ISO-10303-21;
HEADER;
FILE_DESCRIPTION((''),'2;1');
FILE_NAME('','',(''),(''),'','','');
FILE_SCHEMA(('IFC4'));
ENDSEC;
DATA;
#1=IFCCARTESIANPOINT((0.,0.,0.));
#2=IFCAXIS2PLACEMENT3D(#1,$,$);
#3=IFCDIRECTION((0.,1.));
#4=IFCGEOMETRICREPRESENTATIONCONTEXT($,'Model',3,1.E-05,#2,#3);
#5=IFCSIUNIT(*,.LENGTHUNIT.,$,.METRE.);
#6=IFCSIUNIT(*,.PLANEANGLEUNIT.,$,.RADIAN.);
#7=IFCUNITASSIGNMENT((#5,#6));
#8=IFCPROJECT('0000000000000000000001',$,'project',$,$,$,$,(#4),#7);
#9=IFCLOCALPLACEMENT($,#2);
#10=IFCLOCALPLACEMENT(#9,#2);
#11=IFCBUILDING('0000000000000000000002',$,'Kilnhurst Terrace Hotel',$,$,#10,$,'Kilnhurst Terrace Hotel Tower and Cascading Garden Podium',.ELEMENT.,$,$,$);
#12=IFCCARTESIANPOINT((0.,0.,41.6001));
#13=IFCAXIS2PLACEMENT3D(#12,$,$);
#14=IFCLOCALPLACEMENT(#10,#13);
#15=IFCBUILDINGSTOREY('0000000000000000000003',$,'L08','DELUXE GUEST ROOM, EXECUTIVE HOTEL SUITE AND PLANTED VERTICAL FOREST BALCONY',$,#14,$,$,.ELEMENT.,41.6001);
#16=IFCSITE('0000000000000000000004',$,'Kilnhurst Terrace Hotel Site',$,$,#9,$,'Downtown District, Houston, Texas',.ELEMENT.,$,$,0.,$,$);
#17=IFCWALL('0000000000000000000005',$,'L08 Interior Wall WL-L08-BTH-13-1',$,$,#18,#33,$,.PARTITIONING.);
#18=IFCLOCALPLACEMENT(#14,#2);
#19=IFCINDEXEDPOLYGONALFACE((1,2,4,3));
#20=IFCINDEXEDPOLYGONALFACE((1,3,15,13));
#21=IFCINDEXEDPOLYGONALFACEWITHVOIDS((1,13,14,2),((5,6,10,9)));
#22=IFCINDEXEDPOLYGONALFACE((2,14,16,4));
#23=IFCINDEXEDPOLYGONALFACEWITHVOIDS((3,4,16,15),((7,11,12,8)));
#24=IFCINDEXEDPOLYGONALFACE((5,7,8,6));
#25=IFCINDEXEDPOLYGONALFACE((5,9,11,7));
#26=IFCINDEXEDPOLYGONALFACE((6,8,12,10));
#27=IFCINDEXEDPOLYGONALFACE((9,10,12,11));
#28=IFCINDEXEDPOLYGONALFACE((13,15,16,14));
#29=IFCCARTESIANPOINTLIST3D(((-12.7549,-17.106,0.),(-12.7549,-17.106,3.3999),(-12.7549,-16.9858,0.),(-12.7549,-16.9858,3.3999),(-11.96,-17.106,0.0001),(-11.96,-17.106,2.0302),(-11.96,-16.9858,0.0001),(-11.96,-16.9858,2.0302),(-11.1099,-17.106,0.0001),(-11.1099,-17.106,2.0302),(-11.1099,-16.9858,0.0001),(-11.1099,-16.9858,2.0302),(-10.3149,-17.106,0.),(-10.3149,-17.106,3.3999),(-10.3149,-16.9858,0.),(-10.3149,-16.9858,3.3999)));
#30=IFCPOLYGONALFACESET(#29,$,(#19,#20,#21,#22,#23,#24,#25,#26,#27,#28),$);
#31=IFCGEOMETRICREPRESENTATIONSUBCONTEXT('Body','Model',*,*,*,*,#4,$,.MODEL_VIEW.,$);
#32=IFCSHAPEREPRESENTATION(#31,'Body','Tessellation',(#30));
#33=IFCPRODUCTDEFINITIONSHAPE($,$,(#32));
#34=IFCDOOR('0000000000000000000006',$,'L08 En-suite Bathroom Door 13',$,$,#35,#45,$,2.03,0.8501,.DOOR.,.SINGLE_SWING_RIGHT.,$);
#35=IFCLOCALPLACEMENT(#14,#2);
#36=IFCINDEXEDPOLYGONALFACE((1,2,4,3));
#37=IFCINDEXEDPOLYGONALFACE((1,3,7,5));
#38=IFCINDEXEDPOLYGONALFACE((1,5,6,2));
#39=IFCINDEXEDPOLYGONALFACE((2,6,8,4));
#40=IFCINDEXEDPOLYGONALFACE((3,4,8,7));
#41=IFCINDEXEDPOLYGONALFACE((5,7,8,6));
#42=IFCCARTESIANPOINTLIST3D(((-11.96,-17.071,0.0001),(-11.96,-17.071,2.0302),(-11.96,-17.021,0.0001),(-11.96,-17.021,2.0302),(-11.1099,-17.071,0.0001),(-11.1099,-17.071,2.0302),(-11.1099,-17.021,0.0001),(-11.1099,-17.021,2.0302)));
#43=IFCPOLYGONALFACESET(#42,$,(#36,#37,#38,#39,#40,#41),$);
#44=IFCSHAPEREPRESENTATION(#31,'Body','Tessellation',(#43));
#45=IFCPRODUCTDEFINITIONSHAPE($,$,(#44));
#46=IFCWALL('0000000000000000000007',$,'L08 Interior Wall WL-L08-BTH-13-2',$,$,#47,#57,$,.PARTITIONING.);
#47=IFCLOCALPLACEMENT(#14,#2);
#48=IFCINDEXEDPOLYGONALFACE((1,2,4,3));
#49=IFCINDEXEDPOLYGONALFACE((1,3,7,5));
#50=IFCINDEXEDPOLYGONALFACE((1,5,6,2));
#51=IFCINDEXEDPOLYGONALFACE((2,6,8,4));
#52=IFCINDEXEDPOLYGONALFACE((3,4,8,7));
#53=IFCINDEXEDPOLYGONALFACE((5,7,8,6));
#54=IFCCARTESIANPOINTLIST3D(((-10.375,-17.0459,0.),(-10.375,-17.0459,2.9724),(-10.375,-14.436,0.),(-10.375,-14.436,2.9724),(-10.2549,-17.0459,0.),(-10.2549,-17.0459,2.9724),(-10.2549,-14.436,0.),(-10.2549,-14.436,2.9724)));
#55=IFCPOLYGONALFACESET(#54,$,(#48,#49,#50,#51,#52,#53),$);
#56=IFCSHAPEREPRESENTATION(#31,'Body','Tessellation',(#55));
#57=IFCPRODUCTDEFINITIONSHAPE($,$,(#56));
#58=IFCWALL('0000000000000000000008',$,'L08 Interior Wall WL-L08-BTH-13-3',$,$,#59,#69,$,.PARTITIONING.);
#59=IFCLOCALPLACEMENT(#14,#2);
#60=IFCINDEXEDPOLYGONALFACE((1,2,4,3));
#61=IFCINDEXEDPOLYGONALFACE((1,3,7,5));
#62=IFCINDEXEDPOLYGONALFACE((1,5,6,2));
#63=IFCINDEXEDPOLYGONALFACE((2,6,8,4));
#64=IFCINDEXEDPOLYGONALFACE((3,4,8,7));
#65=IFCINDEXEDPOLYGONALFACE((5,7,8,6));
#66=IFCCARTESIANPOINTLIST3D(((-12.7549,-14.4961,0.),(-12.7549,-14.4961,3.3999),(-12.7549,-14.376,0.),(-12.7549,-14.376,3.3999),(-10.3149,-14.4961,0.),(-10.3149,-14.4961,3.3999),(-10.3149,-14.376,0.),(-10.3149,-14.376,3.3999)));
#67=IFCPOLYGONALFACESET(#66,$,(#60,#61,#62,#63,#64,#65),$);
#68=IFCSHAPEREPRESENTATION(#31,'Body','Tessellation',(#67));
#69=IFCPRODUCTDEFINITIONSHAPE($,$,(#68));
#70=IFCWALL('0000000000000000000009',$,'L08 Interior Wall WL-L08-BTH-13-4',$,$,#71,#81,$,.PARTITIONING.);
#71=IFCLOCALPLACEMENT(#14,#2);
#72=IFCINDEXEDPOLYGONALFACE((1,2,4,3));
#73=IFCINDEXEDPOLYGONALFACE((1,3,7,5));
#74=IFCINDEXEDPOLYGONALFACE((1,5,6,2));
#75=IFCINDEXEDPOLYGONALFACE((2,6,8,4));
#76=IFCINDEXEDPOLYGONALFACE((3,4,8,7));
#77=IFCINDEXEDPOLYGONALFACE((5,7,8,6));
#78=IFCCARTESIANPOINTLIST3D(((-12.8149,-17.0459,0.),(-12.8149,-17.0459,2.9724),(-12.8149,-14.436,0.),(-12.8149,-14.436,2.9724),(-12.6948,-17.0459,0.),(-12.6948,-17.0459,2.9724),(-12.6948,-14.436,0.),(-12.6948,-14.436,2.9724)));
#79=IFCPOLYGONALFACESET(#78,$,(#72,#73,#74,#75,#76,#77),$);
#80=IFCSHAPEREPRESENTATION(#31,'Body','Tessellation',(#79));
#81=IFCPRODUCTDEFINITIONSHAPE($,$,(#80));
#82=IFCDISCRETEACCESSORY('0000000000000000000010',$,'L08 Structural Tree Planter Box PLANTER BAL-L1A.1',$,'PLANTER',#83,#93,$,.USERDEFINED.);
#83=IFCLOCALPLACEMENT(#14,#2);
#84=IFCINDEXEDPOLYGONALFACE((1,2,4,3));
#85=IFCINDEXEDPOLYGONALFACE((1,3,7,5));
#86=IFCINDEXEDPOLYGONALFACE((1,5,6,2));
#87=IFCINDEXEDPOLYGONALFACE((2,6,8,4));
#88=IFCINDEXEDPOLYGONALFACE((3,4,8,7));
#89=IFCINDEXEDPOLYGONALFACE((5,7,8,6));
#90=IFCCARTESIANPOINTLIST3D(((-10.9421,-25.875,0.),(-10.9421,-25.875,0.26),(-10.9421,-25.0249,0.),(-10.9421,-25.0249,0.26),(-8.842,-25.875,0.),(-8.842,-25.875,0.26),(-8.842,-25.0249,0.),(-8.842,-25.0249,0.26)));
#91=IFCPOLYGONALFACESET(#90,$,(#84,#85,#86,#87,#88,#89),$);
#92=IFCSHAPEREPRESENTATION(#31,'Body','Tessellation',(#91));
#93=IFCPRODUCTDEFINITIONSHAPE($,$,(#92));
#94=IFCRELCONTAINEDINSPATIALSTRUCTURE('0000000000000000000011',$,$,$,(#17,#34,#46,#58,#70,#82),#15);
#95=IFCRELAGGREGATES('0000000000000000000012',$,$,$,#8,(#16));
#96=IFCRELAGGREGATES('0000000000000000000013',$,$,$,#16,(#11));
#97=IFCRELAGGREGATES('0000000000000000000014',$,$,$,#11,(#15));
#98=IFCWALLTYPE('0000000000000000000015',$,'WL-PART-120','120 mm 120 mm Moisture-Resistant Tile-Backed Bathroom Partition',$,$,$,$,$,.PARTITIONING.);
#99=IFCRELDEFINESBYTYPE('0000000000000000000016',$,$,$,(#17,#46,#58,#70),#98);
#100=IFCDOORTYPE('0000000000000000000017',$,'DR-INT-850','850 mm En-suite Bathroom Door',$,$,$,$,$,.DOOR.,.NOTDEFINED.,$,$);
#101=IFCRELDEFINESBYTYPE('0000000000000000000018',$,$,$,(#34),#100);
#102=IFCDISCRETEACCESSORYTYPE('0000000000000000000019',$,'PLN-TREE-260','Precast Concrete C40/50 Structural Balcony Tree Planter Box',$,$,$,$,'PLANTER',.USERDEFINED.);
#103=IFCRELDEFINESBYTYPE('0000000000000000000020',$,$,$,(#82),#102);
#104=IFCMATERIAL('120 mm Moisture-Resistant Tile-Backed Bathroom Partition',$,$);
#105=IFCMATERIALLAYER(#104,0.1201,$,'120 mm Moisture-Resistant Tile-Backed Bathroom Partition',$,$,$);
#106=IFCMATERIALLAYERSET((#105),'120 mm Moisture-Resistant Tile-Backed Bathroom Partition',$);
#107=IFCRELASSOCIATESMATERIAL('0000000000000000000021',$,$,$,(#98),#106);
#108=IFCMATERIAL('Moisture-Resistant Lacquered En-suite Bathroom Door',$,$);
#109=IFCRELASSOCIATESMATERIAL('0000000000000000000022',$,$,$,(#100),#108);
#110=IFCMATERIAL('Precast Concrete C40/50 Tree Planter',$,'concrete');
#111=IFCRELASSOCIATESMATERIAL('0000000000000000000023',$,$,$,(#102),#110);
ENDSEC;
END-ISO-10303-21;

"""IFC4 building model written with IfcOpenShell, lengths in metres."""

from ifc_helpers import new_model, si_unit, direction, frame, frame_2d, origin, origin_2d, place, context, subcontext, project, spatial, rectangle, extrude, material, layer, layer_set, type_object, element, fill, save


model = new_model("IFC4")

# Units and contexts
model_context = context("Model", 3, precision=1e-05, world=origin(), true_north=direction((0.0, 1.0)))
body_context = subcontext(model_context, "Body", "Model", "MODEL_VIEW")
ifc_project = project(units=[si_unit("LENGTHUNIT", "METRE"), si_unit("PLANEANGLEUNIT", "RADIAN")], contexts=[model_context])

# Site, building, storey
site_placement = place(None, origin())
site = spatial("IfcSite", under=ifc_project, at=site_placement, Name="Kilnhurst Terrace Hotel Site", LongName="Downtown District, Houston, Texas", CompositionType="ELEMENT", RefElevation=0.0)
building_placement = place(site_placement, origin())
building = spatial("IfcBuilding", under=site, at=building_placement, Name="Kilnhurst Terrace Hotel", LongName="Kilnhurst Terrace Hotel Tower and Cascading Garden Podium", CompositionType="ELEMENT")
storey_placement = place(building_placement, frame((0.0, 0.0, 41.6001)))
storey = spatial("IfcBuildingStorey", under=building, at=storey_placement, Name="L08", Description="DELUXE GUEST ROOM, EXECUTIVE HOTEL SUITE AND PLANTED VERTICAL FOREST BALCONY", CompositionType="ELEMENT", Elevation=41.6001)

# Shared definitions
ifc_material_1 = material(Name="120 mm Moisture-Resistant Tile-Backed Bathroom Partition")
ifc_layer_1 = layer(ifc_material_1, 0.1201, Name="120 mm Moisture-Resistant Tile-Backed Bathroom Partition")
ifc_layer_set_1 = layer_set([ifc_layer_1], Name="120 mm Moisture-Resistant Tile-Backed Bathroom Partition")
wall_type_1 = type_object("IfcWallType", Name="WL-PART-120", Description="120 mm 120 mm Moisture-Resistant Tile-Backed Bathroom Partition", PredefinedType="PARTITIONING", material=ifc_layer_set_1)
ifc_material_2 = material(Name="Moisture-Resistant Lacquered En-suite Bathroom Door")
door_type_1 = type_object("IfcDoorType", Name="DR-INT-850", Description="850 mm En-suite Bathroom Door", OperationType="NOTDEFINED", PredefinedType="DOOR", material=ifc_material_2)

# Wall, opening, door
wall_1_placement = place(storey_placement, frame((-12.7549, -17.0459, 0.0), z_axis=(0.0, 0.0, 1.0), x_axis=(1.0, 0.0, 0.0)))
wall_1 = element("IfcWall", 1, at=wall_1_placement, inside=storey, type_object=wall_type_1, Name="L08 Interior Wall WL-L08-BTH-13-1", PredefinedType="PARTITIONING", context=body_context, shape_type="SweptSolid", body=[
    extrude(rectangle(XDim=2.4399, YDim=0.1201, at=frame_2d((1.22, 0.0))), origin(), (0.0, 0.0, 1.0), 3.3999),
])
opening_1_placement = place(wall_1_placement, frame((0.7949, 0.0, 0.0)))
opening_1 = element("IfcOpeningElement", 2, at=opening_1_placement, cuts=wall_1, PredefinedType="OPENING", context=body_context, shape_type="SweptSolid", body=[
    extrude(rectangle(XDim=0.8501, YDim=2.03, at=frame_2d((0.425, 1.0151))), frame((0.0, 0.0701, 0.0), z_axis=(0.0, -1.0, 0.0), x_axis=(1.0, 0.0, 0.0)), (0.0, 0.0, 1.0), 0.1401),
])
door_1_placement = place(opening_1_placement, origin())
door_1 = element("IfcDoor", 3, at=door_1_placement, inside=storey, type_object=door_type_1, Name="L08 En-suite Bathroom Door 13", OperationType="SINGLE_SWING_RIGHT", OverallHeight=2.03, OverallWidth=0.8501, PredefinedType="DOOR", context=body_context, shape_type="SweptSolid", body=[
    extrude(rectangle(XDim=0.8501, YDim=2.03, at=frame_2d((0.425, 1.0151))), frame((0.0, 0.0249, 0.0), z_axis=(0.0, -1.0, 0.0), x_axis=(1.0, 0.0, 0.0)), (0.0, 0.0, 1.0), 0.05),
])
fill(opening_1, door_1)

# Walls
wall_2_placement = place(storey_placement, frame((-10.3149, -17.0459, 0.0), z_axis=(0.0, 0.0, 1.0), x_axis=(0.0, 1.0, 0.0)))
element("IfcWall", 4, at=wall_2_placement, inside=storey, type_object=wall_type_1, Name="L08 Interior Wall WL-L08-BTH-13-2", PredefinedType="PARTITIONING", context=body_context, shape_type="SweptSolid", body=[
    extrude(rectangle(XDim=2.6099, YDim=0.1201, at=frame_2d((1.3049, 0.0))), origin(), (0.0, 0.0, 1.0), 2.9724),
])
wall_3_placement = place(storey_placement, frame((-10.3149, -14.436, 0.0), z_axis=(0.0, 0.0, 1.0), x_axis=(-1.0, 0.0, 0.0)))
element("IfcWall", 5, at=wall_3_placement, inside=storey, type_object=wall_type_1, Name="L08 Interior Wall WL-L08-BTH-13-3", PredefinedType="PARTITIONING", context=body_context, shape_type="SweptSolid", body=[
    extrude(rectangle(XDim=2.4399, YDim=0.1201, at=frame_2d((1.22, 0.0))), origin(), (0.0, 0.0, 1.0), 3.3999),
])
wall_4_placement = place(storey_placement, frame((-12.7549, -14.436, 0.0), z_axis=(0.0, 0.0, 1.0), x_axis=(0.0, -1.0, 0.0)))
element("IfcWall", 6, at=wall_4_placement, inside=storey, type_object=wall_type_1, Name="L08 Interior Wall WL-L08-BTH-13-4", PredefinedType="PARTITIONING", context=body_context, shape_type="SweptSolid", body=[
    extrude(rectangle(XDim=2.6099, YDim=0.1201, at=frame_2d((1.3049, 0.0))), origin(), (0.0, 0.0, 1.0), 2.9724),
])

# Discrete accessory
ifc_material_3 = material(Name="Precast Concrete C40/50 Tree Planter", Category="concrete")
discrete_accessory_type = type_object("IfcDiscreteAccessoryType", Name="PLN-TREE-260", Description="Precast Concrete C40/50 Structural Balcony Tree Planter Box", ElementType="PLANTER", PredefinedType="USERDEFINED", material=ifc_material_3)
discrete_accessory_placement = place(storey_placement, frame((-9.8921, -25.45, 0.0), z_axis=(0.0, 0.0, 1.0), x_axis=(1.0, 0.0, 0.0)))
element("IfcDiscreteAccessory", 7, at=discrete_accessory_placement, inside=storey, type_object=discrete_accessory_type, Name="L08 Structural Tree Planter Box PLANTER BAL-L1A.1", ObjectType="PLANTER", PredefinedType="USERDEFINED", context=body_context, shape_type="SweptSolid", body=[
    extrude(rectangle(XDim=2.1001, YDim=0.8501, at=origin_2d()), origin(), (0.0, 0.0, 1.0), 0.26),
])

save(model, "model.ifc")
